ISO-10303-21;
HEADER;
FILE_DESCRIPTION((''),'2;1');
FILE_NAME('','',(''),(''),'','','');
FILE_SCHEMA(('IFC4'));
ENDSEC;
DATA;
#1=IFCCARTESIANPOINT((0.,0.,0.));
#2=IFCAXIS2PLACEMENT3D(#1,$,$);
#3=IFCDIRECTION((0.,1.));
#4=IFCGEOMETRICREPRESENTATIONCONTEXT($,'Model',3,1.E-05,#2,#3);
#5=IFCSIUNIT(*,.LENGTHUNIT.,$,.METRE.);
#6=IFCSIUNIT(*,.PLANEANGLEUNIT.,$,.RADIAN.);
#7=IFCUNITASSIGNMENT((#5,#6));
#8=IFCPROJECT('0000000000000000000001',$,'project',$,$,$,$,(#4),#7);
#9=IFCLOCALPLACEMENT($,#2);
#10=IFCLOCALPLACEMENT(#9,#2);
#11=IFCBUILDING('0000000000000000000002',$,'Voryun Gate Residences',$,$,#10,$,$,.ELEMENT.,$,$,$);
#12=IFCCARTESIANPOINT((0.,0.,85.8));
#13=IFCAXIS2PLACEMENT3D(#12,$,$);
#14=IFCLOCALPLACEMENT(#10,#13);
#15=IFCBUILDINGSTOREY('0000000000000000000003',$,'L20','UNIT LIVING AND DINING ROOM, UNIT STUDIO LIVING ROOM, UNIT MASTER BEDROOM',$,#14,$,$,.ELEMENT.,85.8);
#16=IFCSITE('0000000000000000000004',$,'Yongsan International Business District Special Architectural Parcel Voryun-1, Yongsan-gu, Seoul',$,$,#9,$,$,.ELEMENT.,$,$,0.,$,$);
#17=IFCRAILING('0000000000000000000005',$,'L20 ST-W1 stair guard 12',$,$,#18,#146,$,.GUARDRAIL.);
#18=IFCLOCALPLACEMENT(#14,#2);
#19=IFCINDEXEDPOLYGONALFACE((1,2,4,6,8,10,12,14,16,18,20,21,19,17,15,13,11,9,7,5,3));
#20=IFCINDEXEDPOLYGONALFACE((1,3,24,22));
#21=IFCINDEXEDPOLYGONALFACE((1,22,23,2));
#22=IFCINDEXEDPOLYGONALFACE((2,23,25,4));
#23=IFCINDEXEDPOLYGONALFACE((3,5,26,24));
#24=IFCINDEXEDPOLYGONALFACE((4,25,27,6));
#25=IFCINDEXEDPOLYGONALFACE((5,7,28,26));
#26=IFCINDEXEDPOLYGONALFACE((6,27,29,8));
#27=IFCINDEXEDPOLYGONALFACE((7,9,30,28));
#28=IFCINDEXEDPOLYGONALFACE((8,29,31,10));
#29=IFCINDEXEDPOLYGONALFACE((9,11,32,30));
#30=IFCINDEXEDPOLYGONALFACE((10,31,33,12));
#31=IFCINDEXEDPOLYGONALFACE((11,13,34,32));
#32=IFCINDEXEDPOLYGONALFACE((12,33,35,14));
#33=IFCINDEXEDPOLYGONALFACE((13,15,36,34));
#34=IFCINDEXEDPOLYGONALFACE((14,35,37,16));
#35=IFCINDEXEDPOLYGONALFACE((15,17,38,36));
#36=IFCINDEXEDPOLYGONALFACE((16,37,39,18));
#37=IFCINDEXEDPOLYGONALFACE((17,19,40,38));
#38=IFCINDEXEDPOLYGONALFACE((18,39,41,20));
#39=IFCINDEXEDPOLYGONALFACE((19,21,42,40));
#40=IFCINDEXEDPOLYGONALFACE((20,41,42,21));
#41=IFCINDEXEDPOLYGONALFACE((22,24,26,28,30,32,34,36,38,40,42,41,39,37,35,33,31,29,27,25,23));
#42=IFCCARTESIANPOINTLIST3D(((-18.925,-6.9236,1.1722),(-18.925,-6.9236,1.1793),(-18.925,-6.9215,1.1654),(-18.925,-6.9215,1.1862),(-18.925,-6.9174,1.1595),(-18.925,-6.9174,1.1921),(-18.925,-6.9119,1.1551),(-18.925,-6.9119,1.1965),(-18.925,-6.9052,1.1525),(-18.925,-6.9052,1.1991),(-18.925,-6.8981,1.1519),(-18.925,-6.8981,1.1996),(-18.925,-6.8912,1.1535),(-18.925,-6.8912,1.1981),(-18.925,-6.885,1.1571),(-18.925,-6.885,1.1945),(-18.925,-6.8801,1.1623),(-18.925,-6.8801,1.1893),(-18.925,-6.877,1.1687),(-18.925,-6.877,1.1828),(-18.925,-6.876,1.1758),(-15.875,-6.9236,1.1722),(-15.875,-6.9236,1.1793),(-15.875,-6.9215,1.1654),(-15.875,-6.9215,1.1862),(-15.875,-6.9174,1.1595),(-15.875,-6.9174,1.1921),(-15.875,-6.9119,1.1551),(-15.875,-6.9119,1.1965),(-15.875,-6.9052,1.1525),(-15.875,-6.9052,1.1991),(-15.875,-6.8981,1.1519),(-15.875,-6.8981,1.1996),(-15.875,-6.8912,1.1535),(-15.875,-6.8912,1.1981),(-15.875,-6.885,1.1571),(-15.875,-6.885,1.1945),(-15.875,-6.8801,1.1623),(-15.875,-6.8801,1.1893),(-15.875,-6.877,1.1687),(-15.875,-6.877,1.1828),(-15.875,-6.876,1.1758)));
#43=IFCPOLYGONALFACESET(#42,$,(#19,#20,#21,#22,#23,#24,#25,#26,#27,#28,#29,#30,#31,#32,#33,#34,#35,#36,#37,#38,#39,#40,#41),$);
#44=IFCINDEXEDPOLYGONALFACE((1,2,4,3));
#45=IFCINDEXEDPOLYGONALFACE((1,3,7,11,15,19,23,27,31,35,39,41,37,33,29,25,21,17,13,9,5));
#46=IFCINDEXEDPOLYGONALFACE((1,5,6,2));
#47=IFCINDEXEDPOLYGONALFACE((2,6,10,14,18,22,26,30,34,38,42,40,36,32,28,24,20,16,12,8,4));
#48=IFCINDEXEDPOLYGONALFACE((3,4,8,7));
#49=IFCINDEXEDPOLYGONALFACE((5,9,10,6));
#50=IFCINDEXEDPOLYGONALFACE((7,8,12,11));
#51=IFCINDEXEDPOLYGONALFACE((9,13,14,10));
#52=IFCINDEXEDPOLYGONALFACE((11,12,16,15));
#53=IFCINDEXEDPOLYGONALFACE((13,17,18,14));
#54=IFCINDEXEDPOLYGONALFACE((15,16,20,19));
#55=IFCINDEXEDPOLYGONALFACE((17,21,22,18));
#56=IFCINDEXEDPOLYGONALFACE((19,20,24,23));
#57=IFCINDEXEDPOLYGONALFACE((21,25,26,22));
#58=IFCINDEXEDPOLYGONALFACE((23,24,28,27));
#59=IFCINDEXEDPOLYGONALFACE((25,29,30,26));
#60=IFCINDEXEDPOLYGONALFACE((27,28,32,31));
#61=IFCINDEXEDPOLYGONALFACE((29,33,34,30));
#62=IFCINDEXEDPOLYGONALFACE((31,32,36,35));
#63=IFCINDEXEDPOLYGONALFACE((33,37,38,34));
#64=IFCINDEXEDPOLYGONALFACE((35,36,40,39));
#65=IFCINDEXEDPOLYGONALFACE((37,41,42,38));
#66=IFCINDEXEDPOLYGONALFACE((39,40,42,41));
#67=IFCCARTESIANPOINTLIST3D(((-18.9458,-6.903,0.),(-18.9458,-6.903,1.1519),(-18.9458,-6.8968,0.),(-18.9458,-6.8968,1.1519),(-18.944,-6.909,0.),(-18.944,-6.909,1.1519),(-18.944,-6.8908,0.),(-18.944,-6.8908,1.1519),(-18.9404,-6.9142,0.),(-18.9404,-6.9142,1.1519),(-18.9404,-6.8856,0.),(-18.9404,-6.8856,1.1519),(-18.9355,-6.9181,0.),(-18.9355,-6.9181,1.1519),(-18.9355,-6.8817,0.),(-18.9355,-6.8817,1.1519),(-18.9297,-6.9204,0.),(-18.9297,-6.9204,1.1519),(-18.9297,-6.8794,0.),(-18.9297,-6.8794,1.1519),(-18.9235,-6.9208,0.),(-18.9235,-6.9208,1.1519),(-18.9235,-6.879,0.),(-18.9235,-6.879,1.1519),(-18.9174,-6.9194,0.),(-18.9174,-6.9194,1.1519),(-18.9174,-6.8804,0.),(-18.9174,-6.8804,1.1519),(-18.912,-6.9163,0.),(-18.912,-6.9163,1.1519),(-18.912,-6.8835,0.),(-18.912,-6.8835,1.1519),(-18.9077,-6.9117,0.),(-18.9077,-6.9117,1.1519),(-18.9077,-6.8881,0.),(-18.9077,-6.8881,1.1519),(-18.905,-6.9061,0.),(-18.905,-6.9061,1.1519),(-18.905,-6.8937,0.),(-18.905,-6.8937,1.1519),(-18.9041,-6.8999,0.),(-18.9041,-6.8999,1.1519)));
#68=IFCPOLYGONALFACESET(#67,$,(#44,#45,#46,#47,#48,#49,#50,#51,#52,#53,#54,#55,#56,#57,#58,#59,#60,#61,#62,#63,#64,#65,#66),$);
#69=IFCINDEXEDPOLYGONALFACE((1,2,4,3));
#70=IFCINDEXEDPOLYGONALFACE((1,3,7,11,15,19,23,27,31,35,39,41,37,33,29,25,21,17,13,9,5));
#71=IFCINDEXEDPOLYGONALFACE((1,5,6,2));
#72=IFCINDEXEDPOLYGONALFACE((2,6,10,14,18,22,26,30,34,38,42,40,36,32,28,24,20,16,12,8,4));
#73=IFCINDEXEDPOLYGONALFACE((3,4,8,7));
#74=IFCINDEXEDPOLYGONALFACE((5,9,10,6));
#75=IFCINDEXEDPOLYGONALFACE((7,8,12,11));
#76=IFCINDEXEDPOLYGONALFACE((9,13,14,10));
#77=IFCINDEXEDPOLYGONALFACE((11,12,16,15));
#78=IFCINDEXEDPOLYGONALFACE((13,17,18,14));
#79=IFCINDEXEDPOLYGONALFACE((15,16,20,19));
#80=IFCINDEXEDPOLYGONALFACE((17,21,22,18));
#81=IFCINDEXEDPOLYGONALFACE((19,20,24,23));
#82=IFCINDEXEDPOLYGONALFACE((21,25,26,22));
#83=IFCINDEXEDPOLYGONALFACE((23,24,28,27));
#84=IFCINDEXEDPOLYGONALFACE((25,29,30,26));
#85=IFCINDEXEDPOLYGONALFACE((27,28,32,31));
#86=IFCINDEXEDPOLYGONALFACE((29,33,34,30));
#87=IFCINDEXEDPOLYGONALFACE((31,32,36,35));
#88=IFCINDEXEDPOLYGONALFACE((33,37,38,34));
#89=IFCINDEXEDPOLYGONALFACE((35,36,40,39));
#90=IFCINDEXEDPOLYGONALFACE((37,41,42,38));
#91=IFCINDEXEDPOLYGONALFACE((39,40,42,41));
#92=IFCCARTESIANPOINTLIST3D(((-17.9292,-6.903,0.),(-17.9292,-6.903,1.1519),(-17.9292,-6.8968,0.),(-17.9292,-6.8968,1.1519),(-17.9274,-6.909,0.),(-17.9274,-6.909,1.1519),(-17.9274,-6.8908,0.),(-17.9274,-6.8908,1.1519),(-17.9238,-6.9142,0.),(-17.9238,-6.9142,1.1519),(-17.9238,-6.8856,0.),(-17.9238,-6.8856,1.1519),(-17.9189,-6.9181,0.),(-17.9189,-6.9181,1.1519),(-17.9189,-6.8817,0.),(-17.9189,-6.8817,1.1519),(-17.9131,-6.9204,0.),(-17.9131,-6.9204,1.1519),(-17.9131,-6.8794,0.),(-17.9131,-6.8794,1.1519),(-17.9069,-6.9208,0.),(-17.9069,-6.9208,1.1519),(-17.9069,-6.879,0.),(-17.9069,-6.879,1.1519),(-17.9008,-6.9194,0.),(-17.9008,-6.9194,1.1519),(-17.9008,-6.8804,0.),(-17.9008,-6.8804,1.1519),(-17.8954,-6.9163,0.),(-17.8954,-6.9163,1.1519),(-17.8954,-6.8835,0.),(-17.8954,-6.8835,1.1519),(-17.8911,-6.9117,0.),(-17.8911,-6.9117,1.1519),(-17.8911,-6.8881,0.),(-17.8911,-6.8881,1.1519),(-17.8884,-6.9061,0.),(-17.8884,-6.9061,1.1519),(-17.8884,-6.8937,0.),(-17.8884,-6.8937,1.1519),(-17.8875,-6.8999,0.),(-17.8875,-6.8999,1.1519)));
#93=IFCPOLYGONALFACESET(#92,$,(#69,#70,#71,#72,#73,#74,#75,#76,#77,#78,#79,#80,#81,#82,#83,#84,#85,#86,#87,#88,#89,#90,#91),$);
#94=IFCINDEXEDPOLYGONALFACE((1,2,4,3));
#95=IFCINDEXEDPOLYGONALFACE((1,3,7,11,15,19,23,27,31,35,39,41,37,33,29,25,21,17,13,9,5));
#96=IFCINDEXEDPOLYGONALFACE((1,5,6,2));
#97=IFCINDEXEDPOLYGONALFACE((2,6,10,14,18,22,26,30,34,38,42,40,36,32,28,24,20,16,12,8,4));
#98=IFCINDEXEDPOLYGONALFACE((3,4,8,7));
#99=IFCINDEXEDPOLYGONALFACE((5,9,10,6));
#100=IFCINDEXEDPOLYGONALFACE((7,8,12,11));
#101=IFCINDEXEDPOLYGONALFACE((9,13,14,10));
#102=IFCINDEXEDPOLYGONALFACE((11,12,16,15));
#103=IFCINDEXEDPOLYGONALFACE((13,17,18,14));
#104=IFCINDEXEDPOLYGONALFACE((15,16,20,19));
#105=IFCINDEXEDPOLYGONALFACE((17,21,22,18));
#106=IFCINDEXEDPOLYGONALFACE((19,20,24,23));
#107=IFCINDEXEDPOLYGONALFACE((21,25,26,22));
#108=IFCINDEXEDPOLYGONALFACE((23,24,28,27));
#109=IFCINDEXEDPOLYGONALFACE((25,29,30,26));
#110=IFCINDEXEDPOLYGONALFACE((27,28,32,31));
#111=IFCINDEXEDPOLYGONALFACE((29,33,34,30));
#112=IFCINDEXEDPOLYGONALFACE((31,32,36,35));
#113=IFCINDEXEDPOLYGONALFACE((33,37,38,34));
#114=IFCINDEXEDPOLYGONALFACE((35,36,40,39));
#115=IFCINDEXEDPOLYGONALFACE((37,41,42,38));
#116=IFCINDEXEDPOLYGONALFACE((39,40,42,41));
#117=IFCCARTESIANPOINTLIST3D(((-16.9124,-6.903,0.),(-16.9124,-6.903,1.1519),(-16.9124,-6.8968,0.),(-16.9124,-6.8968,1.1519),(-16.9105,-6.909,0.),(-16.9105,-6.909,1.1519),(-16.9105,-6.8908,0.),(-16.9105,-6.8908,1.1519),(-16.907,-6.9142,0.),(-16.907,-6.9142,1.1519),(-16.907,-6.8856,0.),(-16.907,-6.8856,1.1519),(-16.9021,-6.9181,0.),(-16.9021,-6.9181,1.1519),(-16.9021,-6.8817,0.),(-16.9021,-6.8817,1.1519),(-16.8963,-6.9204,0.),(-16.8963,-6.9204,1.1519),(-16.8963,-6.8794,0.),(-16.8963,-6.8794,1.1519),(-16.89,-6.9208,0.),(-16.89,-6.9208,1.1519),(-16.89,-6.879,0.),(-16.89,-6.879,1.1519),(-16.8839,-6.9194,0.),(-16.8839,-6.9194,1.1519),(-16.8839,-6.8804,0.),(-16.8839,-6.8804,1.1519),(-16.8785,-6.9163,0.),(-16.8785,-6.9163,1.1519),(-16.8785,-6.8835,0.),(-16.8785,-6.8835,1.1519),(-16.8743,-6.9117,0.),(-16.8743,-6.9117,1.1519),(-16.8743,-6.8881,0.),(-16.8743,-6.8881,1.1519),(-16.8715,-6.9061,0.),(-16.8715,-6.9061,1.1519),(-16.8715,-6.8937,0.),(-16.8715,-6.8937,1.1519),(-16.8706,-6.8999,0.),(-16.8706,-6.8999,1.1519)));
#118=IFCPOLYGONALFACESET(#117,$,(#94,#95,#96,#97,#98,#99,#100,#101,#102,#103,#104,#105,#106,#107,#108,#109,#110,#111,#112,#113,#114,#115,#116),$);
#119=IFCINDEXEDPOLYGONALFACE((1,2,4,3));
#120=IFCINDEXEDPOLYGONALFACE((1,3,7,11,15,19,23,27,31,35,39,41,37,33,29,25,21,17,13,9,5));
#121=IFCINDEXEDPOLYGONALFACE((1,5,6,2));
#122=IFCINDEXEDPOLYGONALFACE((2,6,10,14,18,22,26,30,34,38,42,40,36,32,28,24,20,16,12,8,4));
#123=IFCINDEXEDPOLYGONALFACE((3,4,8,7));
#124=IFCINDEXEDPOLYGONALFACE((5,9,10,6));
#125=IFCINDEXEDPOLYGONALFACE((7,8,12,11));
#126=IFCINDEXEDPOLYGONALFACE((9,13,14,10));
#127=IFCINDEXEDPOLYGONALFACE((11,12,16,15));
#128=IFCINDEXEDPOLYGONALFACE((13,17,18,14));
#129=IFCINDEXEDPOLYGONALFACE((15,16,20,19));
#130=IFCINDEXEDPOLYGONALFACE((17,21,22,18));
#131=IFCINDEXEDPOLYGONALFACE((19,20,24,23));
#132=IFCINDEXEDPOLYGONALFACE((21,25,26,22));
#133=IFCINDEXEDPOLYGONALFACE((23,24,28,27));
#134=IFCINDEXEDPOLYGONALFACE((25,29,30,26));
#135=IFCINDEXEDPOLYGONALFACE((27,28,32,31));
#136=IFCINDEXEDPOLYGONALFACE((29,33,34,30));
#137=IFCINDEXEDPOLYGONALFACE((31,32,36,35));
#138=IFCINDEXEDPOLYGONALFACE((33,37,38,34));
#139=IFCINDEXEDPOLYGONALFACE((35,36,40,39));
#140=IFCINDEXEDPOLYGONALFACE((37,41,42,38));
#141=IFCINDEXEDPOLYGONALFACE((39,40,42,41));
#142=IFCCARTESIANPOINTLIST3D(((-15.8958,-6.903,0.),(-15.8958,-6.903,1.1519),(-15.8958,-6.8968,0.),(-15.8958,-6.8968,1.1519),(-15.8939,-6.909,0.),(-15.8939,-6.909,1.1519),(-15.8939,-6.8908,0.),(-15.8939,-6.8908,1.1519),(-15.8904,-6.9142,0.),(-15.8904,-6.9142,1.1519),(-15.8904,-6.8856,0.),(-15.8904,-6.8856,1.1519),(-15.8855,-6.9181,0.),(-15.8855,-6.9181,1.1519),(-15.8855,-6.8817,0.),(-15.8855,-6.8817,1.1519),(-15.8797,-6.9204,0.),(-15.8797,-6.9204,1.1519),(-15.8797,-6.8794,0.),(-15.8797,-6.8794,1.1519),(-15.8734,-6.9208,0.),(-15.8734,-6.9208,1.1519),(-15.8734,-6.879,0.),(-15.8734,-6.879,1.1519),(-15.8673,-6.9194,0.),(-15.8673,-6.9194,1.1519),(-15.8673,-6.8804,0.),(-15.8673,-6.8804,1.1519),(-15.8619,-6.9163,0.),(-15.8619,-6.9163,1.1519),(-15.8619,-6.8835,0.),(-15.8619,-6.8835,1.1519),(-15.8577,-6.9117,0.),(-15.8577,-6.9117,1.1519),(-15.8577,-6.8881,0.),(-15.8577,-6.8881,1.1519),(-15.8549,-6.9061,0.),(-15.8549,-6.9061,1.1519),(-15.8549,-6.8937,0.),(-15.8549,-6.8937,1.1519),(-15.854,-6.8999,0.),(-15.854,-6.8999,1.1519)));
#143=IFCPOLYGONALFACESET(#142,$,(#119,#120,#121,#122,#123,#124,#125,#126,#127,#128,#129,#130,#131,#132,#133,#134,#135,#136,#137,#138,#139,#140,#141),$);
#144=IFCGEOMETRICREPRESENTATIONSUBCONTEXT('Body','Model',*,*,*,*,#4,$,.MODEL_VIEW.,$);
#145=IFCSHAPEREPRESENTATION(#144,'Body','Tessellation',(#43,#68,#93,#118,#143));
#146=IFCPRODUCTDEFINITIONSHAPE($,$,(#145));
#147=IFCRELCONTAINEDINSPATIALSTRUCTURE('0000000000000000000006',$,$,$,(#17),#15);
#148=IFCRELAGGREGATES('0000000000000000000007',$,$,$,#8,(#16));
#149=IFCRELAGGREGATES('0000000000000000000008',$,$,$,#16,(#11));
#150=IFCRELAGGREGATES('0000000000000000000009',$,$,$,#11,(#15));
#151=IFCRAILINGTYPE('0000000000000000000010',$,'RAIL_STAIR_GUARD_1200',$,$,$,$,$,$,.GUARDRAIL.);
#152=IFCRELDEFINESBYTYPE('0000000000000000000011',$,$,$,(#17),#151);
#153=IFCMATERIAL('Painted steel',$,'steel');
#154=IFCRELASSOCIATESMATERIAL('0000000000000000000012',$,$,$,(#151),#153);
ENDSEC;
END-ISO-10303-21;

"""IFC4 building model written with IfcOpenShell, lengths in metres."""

from ifc_helpers import new_model, si_unit, direction, frame, origin, origin_2d, place, context, subcontext, project, spatial, circle, extrude, material, type_object, element, save


model = new_model("IFC4")

# Units and contexts
model_context = context("Model", 3, precision=1e-05, world=origin(), true_north=direction((0.0, 1.0)))
body_context = subcontext(model_context, "Body", "Model", "MODEL_VIEW")
ifc_project = project(units=[si_unit("LENGTHUNIT", "METRE"), si_unit("PLANEANGLEUNIT", "RADIAN")], contexts=[model_context])

# Site, building, storey
site_placement = place(None, origin())
site = spatial("IfcSite", under=ifc_project, at=site_placement, Name="Yongsan International Business District Special Architectural Parcel Voryun-1, Yongsan-gu, Seoul", CompositionType="ELEMENT", RefElevation=0.0)
building_placement = place(site_placement, origin())
building = spatial("IfcBuilding", under=site, at=building_placement, Name="Voryun Gate Residences", CompositionType="ELEMENT")
storey_placement = place(building_placement, frame((0.0, 0.0, 85.8)))
storey = spatial("IfcBuildingStorey", under=building, at=storey_placement, Name="L20", Description="UNIT LIVING AND DINING ROOM, UNIT STUDIO LIVING ROOM, UNIT MASTER BEDROOM", CompositionType="ELEMENT", Elevation=85.8)

# Railing
ifc_material_1 = material(Name="Painted steel", Category="steel")
railing_type_1 = type_object("IfcRailingType", Name="RAIL_STAIR_GUARD_1200", PredefinedType="GUARDRAIL", material=ifc_material_1)
railing_1_placement = place(storey_placement, frame((-18.925, -6.8999, 0.0)))
element("IfcRailing", 1, at=railing_1_placement, inside=storey, type_object=railing_type_1, Name="L20 ST-W1 stair guard 12", PredefinedType="GUARDRAIL", context=body_context, shape_type="SweptSolid", body=[
    extrude(circle(Radius=0.0239, at=origin_2d()), frame((0.0, 0.0, 1.1758), z_axis=(1.0, 0.0, 0.0), x_axis=(0.0, 1.0, 0.0)), (0.0, 0.0, 1.0), 3.05),
    extrude(circle(Radius=0.021, at=origin_2d()), origin(), (0.0, 0.0, 1.0), 1.1519),
    extrude(circle(Radius=0.021, at=origin_2d()), frame((1.0166, 0.0, 0.0)), (0.0, 0.0, 1.0), 1.1519),
    extrude(circle(Radius=0.021, at=origin_2d()), frame((2.0334, 0.0, 0.0)), (0.0, 0.0, 1.0), 1.1519),
    extrude(circle(Radius=0.021, at=origin_2d()), frame((3.05, 0.0, 0.0)), (0.0, 0.0, 1.0), 1.1519),
])

save(model, "model.ifc")
